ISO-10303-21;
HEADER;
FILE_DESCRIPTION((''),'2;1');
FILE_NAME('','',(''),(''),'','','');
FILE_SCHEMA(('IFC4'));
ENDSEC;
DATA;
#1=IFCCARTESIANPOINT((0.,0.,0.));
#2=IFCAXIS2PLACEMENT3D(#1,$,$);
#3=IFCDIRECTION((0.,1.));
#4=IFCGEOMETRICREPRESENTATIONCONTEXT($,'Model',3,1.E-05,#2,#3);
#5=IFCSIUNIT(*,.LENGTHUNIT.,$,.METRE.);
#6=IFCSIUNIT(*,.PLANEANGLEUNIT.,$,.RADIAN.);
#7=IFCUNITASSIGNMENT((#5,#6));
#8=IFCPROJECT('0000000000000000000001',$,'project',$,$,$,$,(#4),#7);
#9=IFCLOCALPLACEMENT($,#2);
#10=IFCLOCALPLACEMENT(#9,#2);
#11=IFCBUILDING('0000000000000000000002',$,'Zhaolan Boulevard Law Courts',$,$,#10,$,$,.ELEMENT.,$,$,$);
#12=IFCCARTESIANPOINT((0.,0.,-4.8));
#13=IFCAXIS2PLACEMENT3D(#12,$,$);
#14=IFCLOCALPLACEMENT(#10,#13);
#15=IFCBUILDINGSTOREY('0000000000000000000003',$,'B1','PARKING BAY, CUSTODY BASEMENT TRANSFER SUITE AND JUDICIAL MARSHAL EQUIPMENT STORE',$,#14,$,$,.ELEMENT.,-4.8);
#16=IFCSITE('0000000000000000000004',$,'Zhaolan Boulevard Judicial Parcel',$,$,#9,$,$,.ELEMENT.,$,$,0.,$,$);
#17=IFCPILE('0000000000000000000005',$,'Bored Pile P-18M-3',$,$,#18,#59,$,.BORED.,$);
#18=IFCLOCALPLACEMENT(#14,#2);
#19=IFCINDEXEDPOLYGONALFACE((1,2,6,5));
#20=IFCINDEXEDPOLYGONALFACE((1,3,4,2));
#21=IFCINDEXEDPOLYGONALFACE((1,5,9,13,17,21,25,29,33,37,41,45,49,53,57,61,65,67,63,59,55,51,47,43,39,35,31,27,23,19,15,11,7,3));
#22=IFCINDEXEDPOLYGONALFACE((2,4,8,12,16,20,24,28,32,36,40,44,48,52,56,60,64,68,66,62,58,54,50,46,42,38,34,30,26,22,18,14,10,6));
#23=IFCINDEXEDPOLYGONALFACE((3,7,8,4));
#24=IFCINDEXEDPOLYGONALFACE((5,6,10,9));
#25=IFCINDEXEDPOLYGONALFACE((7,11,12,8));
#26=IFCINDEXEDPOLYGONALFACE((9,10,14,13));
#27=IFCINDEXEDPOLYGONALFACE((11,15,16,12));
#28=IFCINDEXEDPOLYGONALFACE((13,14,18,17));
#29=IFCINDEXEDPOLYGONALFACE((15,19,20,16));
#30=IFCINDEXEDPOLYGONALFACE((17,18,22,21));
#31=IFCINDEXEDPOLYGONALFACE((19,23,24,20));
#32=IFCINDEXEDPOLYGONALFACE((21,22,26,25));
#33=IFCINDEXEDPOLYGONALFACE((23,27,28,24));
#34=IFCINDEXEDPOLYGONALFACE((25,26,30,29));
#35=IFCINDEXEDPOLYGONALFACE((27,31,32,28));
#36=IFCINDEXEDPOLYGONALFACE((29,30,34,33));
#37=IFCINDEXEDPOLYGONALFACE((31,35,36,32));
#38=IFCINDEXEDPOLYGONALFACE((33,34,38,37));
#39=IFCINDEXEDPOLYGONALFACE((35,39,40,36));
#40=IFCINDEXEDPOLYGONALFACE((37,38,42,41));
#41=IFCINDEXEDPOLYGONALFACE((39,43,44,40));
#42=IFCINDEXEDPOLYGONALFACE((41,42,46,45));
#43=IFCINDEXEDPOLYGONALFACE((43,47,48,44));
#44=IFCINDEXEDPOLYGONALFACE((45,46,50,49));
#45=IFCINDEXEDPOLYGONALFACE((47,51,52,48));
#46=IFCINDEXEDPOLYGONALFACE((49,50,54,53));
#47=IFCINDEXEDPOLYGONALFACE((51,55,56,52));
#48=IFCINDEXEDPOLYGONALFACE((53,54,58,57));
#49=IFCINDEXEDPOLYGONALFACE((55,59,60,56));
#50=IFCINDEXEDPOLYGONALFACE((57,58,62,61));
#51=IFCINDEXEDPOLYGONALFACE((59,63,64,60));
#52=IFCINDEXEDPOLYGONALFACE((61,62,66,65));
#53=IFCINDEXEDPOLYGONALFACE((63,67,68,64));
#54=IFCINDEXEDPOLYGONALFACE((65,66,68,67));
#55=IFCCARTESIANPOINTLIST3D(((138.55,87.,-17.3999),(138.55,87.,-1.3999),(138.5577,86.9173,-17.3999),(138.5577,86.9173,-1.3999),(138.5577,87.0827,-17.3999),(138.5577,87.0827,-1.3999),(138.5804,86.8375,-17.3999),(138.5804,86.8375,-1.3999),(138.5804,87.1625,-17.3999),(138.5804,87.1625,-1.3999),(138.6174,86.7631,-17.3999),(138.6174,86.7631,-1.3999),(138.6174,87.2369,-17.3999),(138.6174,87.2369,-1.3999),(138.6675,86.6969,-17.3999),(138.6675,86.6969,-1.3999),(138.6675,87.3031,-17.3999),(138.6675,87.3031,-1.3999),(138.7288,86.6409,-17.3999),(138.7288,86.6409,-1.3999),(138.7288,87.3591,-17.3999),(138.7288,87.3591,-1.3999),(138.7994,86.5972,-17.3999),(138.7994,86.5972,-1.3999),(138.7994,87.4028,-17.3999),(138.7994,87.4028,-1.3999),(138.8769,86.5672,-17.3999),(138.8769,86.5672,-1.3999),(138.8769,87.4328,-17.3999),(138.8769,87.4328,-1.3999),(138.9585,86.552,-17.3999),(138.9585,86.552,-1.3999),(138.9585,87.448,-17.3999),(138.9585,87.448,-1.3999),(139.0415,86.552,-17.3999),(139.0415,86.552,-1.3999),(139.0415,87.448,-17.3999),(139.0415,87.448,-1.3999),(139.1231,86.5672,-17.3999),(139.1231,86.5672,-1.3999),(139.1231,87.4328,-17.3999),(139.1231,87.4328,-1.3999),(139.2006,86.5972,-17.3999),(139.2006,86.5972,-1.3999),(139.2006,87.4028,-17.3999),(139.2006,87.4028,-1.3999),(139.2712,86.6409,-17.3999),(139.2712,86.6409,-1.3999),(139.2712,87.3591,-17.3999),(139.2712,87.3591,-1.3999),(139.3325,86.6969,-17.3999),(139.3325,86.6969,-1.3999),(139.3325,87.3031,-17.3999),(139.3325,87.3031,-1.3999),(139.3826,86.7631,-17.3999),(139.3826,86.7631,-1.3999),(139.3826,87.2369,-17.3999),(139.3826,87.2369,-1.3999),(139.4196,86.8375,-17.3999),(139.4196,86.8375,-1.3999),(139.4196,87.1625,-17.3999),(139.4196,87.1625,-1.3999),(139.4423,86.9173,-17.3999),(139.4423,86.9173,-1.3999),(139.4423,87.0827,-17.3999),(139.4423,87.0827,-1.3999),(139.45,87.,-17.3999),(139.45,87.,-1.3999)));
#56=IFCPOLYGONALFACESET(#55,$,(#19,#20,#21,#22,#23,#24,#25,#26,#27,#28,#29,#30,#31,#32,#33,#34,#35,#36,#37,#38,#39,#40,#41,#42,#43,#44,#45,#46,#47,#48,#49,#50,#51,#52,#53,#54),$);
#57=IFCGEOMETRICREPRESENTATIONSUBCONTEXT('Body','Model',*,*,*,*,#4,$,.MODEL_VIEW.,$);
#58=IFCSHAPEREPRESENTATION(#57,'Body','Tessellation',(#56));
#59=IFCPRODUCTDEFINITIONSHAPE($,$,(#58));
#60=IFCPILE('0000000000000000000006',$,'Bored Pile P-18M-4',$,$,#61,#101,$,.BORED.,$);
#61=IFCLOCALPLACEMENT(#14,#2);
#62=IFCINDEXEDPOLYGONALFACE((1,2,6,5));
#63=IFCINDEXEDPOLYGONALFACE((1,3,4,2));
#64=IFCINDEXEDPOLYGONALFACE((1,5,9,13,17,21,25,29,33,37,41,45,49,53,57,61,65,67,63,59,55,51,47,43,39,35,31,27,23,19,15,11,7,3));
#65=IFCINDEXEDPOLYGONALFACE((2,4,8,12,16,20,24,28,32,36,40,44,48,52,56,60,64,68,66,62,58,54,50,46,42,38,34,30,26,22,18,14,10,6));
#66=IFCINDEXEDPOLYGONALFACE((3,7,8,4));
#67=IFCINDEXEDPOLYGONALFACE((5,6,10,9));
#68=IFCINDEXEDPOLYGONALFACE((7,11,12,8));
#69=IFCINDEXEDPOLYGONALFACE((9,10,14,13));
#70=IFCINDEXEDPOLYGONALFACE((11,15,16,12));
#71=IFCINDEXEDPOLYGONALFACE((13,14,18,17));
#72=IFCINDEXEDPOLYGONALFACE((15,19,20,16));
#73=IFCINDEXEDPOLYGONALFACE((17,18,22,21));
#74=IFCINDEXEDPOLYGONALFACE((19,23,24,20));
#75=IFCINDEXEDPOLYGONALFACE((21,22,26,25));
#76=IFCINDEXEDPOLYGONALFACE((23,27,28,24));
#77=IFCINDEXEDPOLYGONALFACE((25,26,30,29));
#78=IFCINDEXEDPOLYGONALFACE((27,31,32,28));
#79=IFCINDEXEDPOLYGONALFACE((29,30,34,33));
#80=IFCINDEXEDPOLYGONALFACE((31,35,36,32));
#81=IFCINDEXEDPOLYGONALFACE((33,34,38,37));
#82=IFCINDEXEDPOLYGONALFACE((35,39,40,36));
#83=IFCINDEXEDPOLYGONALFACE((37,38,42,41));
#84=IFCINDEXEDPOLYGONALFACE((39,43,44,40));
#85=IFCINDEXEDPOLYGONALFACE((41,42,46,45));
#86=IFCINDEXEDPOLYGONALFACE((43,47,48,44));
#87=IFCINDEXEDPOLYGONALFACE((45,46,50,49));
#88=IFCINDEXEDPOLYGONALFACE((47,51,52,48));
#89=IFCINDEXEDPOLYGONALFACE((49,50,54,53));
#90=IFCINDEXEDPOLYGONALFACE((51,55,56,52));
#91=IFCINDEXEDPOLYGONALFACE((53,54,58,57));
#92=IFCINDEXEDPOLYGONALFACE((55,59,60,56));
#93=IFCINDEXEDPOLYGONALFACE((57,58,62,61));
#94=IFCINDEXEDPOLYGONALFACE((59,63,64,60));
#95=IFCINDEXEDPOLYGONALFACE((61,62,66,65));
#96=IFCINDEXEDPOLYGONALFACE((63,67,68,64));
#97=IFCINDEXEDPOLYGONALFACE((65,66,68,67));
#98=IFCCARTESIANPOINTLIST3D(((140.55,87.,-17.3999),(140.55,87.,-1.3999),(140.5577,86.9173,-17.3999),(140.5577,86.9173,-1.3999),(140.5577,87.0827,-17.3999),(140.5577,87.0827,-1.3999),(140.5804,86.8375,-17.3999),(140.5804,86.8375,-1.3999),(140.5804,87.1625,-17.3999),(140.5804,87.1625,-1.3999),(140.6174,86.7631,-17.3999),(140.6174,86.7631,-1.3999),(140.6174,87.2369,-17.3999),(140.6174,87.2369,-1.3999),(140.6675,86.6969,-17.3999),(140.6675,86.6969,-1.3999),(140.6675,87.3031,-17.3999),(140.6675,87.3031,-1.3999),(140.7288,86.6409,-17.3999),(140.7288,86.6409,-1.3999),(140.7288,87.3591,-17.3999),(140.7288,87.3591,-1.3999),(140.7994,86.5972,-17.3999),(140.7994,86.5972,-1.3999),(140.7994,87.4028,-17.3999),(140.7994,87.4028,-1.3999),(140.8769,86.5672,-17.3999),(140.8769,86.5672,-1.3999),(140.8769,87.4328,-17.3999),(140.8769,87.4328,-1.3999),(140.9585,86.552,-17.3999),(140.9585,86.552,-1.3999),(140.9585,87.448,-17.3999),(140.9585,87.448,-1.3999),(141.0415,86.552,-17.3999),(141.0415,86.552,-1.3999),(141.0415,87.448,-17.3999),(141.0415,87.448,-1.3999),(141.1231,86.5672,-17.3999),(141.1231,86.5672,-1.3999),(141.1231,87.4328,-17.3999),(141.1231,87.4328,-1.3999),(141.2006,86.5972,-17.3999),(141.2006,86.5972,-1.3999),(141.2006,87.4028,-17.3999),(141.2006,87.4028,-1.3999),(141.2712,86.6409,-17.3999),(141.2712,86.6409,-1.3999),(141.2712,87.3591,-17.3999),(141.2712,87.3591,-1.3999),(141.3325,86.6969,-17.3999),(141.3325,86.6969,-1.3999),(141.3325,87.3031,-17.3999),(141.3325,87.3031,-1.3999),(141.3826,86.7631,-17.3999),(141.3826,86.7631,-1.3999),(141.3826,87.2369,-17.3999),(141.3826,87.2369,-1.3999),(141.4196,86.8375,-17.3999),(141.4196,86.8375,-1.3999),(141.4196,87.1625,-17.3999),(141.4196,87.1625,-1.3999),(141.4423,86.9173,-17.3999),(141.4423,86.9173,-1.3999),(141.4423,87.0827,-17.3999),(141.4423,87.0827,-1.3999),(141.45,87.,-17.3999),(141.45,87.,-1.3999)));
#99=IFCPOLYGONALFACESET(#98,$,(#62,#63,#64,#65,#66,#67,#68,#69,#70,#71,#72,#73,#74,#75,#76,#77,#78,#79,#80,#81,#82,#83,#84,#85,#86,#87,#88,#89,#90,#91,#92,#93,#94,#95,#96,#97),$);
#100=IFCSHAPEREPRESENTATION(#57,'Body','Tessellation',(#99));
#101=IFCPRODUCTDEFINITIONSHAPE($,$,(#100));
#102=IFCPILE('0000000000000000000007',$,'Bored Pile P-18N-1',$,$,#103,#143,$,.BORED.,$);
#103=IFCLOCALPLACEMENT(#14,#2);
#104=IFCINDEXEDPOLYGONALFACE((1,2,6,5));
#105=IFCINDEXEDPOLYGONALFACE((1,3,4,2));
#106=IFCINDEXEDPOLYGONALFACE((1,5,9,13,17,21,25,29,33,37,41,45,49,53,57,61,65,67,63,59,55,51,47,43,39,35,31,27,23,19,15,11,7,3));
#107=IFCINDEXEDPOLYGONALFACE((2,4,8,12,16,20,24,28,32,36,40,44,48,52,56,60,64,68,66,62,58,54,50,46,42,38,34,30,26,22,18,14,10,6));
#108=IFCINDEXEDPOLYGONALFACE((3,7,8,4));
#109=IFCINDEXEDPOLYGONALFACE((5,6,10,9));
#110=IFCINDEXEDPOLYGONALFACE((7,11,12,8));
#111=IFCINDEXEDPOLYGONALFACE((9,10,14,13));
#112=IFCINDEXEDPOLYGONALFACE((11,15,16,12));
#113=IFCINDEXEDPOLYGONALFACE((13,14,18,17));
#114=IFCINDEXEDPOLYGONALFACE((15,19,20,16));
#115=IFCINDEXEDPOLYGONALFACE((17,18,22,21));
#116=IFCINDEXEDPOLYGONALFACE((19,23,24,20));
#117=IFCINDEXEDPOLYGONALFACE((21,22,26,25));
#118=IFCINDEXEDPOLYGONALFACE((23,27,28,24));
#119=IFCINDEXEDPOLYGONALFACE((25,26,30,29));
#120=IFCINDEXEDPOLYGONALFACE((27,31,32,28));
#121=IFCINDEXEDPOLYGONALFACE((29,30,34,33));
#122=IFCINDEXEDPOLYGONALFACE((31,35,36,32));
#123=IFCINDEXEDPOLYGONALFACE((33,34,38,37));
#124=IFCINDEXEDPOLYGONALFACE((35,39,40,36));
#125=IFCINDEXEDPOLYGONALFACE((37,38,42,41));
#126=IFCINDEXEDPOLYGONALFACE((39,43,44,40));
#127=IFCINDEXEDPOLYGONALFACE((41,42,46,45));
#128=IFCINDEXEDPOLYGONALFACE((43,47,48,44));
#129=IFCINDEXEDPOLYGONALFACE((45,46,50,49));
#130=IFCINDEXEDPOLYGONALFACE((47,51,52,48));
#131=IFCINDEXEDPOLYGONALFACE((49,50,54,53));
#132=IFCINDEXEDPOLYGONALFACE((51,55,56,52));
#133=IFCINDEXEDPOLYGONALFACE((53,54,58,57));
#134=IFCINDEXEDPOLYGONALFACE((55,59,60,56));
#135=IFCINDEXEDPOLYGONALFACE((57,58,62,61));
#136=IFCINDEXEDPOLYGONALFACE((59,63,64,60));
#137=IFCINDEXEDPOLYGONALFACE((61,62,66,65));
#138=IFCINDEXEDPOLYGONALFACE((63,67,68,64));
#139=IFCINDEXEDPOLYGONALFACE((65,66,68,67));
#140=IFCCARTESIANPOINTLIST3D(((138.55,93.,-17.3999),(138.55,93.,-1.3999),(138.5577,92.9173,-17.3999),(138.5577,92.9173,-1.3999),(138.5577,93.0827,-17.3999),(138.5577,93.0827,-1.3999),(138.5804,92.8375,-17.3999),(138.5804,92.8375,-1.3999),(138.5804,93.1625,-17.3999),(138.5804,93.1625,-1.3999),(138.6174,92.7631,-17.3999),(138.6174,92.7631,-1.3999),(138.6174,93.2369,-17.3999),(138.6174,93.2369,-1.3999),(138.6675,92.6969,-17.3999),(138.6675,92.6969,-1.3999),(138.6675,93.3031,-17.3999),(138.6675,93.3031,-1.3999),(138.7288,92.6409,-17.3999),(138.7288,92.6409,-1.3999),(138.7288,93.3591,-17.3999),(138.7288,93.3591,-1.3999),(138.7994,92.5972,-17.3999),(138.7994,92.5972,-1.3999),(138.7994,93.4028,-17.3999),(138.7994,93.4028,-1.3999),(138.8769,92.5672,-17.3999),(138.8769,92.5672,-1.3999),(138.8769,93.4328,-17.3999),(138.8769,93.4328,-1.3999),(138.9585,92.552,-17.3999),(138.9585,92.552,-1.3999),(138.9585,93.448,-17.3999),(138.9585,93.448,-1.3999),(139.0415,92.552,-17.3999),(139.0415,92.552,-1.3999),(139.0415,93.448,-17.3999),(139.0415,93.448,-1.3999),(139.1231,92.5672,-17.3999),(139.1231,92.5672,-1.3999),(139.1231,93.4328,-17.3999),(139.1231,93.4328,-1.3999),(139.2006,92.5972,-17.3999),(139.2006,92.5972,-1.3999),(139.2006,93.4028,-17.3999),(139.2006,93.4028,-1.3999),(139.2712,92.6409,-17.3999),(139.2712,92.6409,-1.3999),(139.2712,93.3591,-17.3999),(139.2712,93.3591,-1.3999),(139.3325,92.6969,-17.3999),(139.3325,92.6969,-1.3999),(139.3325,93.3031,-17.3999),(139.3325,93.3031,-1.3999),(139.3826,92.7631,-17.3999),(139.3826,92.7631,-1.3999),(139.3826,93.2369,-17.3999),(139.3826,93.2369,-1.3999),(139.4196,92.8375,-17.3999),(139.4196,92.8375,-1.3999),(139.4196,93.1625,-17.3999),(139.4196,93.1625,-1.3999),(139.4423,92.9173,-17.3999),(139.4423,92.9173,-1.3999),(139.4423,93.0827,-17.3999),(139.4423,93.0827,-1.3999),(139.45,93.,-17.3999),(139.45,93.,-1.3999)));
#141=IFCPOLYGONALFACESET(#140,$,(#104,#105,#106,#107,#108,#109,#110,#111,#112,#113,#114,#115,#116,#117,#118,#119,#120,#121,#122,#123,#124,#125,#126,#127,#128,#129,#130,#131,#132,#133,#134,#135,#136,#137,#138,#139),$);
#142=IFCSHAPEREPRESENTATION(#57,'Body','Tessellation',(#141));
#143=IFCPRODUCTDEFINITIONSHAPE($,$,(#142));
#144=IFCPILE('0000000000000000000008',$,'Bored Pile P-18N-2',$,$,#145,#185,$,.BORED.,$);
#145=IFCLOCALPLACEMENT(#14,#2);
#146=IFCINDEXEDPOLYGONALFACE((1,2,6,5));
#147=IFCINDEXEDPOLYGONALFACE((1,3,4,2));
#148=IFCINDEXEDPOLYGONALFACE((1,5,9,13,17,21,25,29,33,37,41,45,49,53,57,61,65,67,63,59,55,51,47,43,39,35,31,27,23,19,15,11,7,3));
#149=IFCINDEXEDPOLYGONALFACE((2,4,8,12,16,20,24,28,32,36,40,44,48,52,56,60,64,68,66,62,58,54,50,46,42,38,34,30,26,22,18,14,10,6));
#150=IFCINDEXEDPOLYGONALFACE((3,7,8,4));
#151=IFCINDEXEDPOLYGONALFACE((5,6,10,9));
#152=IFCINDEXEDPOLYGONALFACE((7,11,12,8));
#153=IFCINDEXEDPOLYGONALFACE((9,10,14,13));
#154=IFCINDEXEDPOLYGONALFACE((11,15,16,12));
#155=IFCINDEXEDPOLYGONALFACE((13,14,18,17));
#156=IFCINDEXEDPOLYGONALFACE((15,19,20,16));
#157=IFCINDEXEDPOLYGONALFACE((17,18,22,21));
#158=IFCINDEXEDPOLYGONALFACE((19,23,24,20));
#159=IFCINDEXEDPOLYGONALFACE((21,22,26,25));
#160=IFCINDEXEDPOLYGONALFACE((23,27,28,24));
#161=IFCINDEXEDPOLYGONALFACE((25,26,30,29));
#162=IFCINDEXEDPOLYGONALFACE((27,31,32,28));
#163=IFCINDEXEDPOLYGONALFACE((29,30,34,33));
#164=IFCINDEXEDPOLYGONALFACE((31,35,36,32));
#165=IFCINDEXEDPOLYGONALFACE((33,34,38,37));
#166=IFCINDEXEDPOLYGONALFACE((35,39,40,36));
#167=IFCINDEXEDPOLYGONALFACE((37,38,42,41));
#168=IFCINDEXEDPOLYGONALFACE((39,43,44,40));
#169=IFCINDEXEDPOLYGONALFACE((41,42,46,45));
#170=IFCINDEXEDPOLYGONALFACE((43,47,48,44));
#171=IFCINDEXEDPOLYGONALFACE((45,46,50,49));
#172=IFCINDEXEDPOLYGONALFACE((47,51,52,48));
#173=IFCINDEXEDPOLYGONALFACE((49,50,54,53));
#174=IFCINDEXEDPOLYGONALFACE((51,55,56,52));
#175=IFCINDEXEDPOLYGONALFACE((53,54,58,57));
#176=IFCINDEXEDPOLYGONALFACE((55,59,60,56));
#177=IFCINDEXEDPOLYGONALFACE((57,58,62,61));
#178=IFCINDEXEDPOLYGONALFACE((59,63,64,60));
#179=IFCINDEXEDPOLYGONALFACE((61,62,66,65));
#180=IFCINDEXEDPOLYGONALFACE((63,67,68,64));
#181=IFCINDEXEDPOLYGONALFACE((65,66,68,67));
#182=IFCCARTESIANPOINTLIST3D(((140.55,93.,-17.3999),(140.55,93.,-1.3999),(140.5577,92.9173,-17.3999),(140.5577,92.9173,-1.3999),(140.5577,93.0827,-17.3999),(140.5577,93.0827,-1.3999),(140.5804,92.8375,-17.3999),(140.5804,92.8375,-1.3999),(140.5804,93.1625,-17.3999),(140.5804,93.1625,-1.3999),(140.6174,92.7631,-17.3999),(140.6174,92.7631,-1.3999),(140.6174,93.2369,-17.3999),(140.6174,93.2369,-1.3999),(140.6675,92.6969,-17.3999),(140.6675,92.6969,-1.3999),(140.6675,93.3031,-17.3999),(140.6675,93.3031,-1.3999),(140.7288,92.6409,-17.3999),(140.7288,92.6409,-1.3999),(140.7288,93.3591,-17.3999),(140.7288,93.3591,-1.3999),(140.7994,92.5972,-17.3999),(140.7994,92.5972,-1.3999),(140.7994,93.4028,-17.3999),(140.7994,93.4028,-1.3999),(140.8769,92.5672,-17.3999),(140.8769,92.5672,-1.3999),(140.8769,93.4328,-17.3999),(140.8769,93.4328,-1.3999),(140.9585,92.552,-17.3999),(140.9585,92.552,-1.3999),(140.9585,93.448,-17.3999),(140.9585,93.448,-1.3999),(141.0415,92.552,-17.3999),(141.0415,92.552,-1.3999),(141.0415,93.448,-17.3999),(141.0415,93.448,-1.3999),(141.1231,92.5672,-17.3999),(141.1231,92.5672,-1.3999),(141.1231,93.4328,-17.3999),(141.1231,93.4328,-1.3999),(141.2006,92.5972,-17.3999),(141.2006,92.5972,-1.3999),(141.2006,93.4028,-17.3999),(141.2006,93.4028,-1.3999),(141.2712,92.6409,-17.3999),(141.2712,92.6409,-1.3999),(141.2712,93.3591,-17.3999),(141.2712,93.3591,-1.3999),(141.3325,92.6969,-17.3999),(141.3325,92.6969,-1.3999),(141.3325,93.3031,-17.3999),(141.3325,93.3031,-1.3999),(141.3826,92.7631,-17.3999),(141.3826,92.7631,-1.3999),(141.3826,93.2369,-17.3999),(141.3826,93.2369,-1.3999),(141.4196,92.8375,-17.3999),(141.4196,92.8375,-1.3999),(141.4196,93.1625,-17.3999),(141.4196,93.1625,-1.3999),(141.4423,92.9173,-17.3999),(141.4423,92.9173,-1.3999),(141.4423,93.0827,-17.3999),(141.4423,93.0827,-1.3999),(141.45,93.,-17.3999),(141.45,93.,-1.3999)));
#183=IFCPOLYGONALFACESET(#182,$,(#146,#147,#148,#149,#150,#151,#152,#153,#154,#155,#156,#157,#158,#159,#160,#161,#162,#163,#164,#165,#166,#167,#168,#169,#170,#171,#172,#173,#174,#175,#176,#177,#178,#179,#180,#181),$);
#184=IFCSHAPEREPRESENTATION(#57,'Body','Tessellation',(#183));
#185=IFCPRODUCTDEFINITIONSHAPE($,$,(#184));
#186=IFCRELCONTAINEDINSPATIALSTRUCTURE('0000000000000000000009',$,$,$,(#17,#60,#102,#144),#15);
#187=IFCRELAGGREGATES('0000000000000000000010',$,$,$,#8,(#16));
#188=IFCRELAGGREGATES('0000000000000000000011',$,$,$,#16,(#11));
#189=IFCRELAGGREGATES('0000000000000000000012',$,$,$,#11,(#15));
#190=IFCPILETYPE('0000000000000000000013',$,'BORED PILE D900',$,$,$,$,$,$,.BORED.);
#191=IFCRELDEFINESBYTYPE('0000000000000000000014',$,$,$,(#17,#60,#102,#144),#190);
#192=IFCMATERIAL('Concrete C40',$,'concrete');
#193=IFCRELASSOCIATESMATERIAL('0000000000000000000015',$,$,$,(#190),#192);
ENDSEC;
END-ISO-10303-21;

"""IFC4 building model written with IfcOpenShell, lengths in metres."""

from ifc_helpers import new_model, si_unit, direction, frame, origin, origin_2d, place, context, subcontext, project, spatial, circle, extrude, material, material_profile, profile_set, type_object, element, save


model = new_model("IFC4")

# Units and contexts
model_context = context("Model", 3, precision=1e-05, world=origin(), true_north=direction((0.0, 1.0)))
body_context = subcontext(model_context, "Body", "Model", "MODEL_VIEW")
ifc_project = project(units=[si_unit("LENGTHUNIT", "METRE"), si_unit("PLANEANGLEUNIT", "RADIAN")], contexts=[model_context])

# Site, building, storey
site_placement = place(None, origin())
site = spatial("IfcSite", under=ifc_project, at=site_placement, Name="Zhaolan Boulevard Judicial Parcel", CompositionType="ELEMENT", RefElevation=0.0)
building_placement = place(site_placement, origin())
building = spatial("IfcBuilding", under=site, at=building_placement, Name="Zhaolan Boulevard Law Courts", CompositionType="ELEMENT")
storey_placement = place(building_placement, frame((0.0, 0.0, -4.8)))
storey = spatial("IfcBuildingStorey", under=building, at=storey_placement, Name="B1", Description="PARKING BAY, CUSTODY BASEMENT TRANSFER SUITE AND JUDICIAL MARSHAL EQUIPMENT STORE", CompositionType="ELEMENT", Elevation=-4.8)

# Piles
ifc_material_1 = material(Name="Concrete C40", Category="concrete")
ifc_material_profile_1 = material_profile(ifc_material_1, circle(Radius=0.45, at=origin_2d()), Name="PILE-D900")
ifc_profile_set_1 = profile_set([ifc_material_profile_1], Name="Concrete C40")
pile_type = type_object("IfcPileType", Name="BORED PILE D900", PredefinedType="BORED", material=ifc_profile_set_1)
for number, where, z_axis, x_axis, name in (
    (1, (139.0, 87.0, -1.3999), (0.0, 0.0, -1.0), (1.0, 0.0, 0.0), "Bored Pile P-18M-3"),
    (2, (141.0, 87.0, -1.3999), (0.0, 0.0, -1.0), (1.0, 0.0, 0.0), "Bored Pile P-18M-4"),
    (3, (139.0, 93.0, -1.3999), (0.0, 0.0, -1.0), (1.0, 0.0, 0.0), "Bored Pile P-18N-1"),
    (4, (141.0, 93.0, -1.3999), (0.0, 0.0, -1.0), (1.0, 0.0, 0.0), "Bored Pile P-18N-2"),
):
    element("IfcPile", number, at=place(storey_placement, frame(where, z_axis=z_axis, x_axis=x_axis)), inside=storey, type_object=pile_type, Name=name, PredefinedType="BORED", context=body_context, shape_type="SweptSolid", body=[
        extrude(circle(Radius=0.45, at=origin_2d()), origin(), (0.0, 0.0, 1.0), 16.0),
    ])

save(model, "model.ifc")
